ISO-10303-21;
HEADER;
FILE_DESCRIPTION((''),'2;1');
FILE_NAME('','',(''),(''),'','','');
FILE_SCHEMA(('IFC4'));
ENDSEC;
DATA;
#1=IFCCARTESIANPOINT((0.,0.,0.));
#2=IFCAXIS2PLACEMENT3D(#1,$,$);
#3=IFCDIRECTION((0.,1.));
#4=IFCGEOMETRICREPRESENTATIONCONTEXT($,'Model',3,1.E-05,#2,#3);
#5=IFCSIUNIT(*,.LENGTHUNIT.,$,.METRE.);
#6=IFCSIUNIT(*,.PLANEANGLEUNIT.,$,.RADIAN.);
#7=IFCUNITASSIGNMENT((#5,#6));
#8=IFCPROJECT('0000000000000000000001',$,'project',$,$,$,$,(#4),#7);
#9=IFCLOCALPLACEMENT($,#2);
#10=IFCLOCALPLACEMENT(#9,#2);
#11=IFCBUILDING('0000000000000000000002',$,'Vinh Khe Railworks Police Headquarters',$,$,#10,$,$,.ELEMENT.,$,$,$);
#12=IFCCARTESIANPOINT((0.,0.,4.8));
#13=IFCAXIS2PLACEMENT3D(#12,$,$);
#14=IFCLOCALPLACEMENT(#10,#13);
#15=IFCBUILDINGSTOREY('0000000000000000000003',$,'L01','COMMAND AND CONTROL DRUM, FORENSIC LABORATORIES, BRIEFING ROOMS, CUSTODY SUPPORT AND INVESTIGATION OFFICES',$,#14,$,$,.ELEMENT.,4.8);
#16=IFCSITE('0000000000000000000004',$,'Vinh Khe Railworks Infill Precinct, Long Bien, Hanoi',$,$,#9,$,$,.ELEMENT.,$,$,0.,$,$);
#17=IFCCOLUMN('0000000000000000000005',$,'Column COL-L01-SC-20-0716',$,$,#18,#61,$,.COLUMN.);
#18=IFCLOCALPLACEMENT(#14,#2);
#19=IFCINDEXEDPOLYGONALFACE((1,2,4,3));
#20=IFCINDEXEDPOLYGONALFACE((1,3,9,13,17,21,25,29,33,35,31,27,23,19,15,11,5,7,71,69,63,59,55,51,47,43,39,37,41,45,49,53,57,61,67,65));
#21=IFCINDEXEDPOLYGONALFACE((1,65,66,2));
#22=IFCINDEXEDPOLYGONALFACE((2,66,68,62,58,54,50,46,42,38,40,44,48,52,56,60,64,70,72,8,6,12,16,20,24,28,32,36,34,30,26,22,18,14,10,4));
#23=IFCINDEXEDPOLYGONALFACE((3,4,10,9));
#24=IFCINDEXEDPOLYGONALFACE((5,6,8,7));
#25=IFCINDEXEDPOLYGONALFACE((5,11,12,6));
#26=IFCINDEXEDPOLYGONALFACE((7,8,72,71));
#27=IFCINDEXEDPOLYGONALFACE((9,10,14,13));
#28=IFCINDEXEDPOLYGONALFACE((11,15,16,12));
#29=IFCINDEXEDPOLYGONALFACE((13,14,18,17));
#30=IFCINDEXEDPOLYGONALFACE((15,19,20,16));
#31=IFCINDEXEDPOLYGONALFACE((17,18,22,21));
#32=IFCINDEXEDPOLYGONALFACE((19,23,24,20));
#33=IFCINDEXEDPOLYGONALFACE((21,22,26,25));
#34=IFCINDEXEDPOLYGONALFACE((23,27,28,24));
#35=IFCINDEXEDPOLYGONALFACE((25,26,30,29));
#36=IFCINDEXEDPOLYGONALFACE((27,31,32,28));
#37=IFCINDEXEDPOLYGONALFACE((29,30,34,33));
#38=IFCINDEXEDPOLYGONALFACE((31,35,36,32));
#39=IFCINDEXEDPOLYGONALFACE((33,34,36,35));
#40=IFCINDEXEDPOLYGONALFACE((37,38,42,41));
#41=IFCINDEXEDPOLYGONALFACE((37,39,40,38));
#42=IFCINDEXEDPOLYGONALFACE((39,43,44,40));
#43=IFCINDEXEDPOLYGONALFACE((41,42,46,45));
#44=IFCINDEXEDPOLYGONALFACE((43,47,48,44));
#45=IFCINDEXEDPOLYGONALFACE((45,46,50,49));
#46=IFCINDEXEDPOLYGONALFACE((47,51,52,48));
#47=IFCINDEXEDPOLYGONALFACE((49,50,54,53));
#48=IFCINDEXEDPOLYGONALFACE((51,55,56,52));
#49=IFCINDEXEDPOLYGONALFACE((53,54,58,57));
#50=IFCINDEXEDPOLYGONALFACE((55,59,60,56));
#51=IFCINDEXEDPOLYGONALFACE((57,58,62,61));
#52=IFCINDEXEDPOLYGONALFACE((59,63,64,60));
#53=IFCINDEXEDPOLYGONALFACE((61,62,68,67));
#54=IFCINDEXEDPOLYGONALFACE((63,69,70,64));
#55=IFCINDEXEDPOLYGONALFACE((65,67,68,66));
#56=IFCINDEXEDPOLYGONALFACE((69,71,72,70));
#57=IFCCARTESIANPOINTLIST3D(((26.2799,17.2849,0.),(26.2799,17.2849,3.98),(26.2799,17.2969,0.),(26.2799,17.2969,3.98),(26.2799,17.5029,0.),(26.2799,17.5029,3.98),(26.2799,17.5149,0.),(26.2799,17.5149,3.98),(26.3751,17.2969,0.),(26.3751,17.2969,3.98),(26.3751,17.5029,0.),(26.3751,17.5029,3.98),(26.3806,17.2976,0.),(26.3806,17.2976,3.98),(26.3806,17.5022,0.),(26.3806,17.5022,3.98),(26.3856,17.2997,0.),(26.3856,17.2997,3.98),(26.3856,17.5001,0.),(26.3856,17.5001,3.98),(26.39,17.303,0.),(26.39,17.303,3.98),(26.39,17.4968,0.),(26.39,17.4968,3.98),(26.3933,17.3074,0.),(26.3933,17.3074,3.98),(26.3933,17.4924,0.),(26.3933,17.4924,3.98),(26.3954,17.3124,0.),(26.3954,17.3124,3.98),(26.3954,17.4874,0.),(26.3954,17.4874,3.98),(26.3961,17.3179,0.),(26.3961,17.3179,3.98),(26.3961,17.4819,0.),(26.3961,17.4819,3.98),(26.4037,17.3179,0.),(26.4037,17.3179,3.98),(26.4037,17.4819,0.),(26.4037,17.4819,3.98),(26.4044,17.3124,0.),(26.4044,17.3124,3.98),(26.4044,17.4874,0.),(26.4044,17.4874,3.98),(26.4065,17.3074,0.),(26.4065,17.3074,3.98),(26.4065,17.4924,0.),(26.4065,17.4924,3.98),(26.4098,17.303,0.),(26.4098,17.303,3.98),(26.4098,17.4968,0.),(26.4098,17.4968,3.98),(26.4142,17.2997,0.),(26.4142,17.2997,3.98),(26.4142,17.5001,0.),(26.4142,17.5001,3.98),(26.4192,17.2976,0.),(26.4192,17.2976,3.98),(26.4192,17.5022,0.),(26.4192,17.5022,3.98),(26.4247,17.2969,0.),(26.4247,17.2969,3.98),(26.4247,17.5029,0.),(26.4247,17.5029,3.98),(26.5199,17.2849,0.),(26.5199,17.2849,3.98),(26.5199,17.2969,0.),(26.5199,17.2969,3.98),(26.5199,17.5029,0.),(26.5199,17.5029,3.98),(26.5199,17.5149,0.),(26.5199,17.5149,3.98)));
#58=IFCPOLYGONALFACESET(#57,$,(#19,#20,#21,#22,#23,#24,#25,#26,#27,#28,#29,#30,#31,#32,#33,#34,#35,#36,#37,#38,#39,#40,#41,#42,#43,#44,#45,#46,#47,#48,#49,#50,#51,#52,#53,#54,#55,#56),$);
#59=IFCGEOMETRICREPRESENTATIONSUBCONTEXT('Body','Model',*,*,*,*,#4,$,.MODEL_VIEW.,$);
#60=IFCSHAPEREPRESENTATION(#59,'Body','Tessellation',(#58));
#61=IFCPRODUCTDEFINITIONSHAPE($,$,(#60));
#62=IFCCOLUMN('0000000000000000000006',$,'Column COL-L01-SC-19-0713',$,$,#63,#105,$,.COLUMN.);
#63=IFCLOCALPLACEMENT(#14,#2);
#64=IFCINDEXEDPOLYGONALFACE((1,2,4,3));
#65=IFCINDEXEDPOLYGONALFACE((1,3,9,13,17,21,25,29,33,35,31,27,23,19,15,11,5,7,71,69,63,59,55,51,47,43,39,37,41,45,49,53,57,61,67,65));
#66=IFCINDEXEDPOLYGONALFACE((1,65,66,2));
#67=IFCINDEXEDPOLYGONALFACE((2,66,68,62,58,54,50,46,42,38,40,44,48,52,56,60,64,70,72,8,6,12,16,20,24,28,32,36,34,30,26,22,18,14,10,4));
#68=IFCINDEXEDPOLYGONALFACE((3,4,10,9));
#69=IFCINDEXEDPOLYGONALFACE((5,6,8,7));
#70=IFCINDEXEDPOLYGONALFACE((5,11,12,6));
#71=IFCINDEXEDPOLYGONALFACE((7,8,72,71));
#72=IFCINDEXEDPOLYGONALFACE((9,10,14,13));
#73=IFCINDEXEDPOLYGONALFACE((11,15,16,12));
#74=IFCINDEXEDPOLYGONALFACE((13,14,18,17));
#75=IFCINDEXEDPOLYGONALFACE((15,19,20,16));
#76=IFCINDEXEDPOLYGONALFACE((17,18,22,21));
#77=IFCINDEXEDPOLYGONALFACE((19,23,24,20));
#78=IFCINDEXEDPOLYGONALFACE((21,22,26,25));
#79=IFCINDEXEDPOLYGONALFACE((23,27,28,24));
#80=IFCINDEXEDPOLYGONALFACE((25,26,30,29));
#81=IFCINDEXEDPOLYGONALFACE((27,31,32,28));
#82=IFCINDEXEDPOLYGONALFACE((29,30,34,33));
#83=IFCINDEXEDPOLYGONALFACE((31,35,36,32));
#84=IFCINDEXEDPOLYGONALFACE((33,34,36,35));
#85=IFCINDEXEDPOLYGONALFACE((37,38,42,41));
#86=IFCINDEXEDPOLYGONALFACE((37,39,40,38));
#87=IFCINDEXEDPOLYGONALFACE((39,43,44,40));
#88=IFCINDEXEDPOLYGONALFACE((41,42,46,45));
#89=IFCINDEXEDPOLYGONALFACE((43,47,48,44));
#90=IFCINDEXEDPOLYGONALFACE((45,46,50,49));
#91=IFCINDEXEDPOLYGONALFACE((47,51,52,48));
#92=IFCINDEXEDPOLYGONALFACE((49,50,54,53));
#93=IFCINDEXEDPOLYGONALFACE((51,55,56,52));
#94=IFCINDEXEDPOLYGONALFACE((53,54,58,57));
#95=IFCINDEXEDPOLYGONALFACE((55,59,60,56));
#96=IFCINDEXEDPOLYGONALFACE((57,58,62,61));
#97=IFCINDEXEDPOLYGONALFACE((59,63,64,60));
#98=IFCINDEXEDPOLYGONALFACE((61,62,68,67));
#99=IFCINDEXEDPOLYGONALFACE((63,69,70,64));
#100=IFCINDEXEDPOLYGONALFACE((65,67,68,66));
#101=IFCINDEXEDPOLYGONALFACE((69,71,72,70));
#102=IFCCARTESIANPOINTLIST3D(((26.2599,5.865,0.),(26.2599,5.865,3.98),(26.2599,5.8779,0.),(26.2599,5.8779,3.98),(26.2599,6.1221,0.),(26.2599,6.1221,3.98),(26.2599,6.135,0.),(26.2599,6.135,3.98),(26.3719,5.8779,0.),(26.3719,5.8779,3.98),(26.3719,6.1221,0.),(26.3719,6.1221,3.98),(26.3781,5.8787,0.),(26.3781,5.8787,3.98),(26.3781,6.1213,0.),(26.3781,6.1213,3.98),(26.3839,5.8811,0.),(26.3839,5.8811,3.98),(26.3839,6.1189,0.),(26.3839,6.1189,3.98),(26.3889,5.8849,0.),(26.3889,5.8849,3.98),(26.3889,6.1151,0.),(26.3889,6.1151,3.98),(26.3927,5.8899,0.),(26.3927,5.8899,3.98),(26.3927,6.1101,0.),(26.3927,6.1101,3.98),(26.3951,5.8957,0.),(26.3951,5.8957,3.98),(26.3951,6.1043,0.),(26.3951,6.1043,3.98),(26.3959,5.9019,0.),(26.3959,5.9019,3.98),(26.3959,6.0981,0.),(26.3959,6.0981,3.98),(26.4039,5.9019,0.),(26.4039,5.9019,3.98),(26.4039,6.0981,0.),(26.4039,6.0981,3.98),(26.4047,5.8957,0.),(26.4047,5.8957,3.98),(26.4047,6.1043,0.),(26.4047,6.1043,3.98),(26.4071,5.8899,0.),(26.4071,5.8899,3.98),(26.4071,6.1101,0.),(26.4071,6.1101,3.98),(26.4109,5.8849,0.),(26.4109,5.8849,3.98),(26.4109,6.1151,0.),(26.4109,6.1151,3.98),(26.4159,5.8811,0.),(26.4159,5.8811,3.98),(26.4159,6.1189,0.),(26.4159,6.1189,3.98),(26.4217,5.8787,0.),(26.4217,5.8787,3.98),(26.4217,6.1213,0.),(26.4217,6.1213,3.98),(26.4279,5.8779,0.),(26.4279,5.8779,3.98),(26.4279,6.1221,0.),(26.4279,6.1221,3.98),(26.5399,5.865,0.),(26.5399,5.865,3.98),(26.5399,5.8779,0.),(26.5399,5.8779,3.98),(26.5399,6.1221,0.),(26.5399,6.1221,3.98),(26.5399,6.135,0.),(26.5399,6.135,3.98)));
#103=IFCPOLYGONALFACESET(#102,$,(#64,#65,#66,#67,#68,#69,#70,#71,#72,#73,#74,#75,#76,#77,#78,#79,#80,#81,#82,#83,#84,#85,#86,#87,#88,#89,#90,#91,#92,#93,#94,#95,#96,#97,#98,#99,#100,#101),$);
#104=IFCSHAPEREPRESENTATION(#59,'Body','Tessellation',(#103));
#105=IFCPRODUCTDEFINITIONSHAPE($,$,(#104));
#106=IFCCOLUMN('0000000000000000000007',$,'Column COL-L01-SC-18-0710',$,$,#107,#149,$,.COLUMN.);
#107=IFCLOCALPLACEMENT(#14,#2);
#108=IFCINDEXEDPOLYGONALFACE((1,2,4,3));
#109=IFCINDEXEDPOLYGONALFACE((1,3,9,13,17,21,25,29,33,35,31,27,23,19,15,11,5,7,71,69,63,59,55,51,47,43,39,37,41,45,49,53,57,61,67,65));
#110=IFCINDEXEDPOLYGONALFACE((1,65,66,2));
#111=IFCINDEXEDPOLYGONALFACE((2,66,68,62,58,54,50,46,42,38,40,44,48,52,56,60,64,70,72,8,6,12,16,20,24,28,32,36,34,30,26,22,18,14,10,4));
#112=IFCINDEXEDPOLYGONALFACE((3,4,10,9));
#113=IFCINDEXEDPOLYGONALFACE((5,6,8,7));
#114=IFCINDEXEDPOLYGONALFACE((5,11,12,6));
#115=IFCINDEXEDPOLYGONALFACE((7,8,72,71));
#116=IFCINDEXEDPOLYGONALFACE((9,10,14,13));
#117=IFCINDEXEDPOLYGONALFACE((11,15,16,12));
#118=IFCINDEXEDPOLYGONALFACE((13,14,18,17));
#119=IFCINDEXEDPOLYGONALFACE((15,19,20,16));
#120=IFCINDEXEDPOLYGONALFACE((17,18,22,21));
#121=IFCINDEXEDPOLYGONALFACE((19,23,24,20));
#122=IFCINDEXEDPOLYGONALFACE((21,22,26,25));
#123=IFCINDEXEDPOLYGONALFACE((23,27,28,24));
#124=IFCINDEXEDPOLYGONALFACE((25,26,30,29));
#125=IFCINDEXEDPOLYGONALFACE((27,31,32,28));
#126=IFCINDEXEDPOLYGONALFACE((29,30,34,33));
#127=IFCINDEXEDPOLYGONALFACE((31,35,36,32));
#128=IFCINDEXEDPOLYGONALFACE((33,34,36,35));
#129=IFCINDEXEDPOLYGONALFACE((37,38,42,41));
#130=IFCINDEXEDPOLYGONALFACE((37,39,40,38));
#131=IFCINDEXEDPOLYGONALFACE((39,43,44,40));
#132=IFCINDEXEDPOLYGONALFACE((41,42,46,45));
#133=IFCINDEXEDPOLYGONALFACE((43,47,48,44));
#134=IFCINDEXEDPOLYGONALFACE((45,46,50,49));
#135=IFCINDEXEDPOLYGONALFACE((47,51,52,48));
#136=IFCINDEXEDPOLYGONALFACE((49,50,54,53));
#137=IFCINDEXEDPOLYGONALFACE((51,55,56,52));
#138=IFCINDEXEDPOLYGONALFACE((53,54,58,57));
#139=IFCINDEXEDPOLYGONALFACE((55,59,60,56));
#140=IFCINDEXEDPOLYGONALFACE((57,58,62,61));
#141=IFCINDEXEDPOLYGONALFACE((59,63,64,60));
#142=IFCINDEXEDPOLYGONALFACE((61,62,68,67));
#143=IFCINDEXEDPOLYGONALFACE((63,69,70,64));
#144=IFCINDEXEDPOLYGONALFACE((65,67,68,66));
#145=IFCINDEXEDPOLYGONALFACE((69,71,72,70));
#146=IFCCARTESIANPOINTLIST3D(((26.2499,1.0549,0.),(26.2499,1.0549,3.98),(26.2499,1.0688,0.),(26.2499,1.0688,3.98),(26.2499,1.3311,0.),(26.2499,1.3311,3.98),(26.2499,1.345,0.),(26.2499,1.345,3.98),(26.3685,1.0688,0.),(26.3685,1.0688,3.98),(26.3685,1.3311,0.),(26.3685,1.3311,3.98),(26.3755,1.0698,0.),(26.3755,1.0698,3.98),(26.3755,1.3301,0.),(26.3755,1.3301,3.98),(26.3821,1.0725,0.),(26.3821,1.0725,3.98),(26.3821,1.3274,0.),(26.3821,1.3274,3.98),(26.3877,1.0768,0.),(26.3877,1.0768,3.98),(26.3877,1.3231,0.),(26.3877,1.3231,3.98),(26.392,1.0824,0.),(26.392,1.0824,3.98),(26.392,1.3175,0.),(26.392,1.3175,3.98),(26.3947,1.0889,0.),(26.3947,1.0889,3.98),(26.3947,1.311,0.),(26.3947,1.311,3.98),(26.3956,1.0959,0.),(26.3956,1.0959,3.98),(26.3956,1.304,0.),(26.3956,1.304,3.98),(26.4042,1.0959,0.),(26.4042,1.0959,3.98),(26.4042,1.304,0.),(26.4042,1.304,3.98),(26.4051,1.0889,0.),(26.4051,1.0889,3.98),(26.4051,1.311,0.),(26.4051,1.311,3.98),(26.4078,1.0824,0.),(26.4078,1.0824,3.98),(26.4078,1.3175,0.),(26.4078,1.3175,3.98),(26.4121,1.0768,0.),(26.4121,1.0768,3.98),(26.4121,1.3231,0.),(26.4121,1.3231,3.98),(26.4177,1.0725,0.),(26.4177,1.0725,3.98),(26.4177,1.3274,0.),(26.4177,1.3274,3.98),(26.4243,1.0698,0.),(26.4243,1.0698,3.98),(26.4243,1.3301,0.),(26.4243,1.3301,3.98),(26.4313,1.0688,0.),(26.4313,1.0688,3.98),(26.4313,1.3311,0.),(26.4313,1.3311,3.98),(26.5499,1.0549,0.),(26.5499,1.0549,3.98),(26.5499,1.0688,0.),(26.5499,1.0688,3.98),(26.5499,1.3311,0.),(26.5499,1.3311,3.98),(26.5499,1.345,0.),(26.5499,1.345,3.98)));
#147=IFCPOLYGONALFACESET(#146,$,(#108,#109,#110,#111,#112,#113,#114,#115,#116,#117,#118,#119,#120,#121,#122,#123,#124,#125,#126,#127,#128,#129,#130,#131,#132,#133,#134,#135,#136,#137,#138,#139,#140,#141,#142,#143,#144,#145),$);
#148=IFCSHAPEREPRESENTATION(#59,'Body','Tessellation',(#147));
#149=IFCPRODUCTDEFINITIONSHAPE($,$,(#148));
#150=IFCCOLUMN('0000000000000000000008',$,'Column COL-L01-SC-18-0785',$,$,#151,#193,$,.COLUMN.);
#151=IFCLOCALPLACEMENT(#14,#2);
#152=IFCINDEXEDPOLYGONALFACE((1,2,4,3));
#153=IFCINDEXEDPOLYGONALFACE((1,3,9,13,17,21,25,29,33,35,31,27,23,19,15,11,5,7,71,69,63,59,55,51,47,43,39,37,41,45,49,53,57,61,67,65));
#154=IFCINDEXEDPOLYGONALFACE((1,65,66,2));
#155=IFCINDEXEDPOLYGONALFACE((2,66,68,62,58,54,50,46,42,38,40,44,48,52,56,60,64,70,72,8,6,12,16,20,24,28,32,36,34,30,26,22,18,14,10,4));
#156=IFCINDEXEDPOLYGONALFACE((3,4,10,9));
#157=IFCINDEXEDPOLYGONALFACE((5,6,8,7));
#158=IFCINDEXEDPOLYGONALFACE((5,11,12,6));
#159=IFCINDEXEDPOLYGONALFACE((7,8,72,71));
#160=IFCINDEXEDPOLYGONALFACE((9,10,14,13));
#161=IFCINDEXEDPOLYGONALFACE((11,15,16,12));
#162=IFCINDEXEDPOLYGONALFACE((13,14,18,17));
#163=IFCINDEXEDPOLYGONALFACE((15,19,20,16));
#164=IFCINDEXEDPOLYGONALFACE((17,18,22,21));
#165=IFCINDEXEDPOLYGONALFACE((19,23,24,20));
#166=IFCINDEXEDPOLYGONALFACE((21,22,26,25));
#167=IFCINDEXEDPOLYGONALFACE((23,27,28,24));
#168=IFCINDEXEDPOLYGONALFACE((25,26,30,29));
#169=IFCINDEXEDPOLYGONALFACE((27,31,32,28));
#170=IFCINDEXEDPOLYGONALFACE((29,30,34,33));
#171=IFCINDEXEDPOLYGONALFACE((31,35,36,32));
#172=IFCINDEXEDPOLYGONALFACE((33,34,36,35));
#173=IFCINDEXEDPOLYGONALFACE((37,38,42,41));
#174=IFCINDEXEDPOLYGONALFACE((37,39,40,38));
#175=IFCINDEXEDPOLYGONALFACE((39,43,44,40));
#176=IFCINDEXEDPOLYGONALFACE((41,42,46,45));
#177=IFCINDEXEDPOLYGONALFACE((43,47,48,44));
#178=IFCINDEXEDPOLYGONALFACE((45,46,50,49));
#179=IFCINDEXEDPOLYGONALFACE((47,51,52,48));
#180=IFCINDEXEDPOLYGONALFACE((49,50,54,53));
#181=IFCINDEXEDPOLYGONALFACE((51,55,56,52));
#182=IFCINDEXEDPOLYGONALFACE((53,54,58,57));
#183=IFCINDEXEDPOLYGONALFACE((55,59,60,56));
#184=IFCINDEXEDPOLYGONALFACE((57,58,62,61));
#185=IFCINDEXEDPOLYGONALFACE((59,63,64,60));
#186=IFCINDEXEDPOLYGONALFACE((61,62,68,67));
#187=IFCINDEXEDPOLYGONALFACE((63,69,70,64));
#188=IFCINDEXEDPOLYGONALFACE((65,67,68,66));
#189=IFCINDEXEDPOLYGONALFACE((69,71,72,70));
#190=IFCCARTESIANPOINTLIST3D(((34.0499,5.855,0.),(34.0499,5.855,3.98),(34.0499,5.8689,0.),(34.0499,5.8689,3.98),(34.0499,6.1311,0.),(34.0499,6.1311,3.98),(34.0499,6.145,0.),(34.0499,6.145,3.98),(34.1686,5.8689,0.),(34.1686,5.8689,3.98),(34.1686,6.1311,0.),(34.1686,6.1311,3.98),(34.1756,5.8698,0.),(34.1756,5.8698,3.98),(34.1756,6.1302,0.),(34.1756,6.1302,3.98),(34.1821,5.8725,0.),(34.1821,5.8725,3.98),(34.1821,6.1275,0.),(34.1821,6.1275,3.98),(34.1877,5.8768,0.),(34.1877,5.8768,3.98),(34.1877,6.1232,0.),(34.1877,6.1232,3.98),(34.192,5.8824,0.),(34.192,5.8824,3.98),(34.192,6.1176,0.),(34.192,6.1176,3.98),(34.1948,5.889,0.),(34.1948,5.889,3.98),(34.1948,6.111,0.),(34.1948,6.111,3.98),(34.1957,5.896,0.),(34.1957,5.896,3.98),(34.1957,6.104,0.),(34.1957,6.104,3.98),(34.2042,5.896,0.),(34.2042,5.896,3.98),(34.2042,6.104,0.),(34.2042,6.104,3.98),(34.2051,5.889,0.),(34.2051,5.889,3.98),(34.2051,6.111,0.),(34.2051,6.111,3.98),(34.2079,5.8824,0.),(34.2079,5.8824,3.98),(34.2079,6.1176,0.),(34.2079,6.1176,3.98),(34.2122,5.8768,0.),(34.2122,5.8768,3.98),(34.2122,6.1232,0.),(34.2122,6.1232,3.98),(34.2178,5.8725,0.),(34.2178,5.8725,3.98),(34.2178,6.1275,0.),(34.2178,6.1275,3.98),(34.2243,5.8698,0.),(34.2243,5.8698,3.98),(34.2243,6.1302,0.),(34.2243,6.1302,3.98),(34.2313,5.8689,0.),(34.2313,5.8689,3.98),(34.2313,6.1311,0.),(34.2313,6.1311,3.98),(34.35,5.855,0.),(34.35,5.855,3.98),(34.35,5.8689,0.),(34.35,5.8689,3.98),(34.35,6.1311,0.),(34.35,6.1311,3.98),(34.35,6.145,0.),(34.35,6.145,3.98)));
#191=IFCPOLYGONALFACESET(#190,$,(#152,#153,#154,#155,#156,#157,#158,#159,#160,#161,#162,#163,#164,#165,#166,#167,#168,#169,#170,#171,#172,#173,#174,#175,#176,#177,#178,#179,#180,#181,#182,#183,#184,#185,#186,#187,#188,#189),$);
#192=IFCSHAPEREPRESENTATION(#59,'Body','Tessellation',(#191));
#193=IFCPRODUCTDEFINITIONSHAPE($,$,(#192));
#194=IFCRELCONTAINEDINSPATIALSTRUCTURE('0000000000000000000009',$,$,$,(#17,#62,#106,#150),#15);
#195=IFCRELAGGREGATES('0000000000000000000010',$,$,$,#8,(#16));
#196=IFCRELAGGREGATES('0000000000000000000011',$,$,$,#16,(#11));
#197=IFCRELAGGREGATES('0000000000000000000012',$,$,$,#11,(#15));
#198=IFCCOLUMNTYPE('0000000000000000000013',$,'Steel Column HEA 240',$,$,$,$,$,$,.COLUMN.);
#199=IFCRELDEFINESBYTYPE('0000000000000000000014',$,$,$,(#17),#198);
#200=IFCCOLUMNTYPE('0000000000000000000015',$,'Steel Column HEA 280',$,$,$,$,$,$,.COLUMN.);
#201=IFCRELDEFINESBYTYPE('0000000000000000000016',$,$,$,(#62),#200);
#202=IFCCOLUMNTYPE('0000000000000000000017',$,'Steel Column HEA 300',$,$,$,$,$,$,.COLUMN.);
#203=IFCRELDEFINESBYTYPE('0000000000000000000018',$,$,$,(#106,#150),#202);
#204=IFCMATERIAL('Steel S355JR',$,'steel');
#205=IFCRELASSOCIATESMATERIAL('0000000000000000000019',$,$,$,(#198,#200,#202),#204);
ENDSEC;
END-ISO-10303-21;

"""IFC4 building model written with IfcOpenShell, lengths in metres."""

from ifc_helpers import new_model, si_unit, direction, frame, origin, origin_2d, place, context, subcontext, project, spatial, i_section, extrude, material, material_profile, profile_set, type_object, element, save


model = new_model("IFC4")

# Units and contexts
model_context = context("Model", 3, precision=1e-05, world=origin(), true_north=direction((0.0, 1.0)))
body_context = subcontext(model_context, "Body", "Model", "MODEL_VIEW")
ifc_project = project(units=[si_unit("LENGTHUNIT", "METRE"), si_unit("PLANEANGLEUNIT", "RADIAN")], contexts=[model_context])

# Site, building, storey
site_placement = place(None, origin())
site = spatial("IfcSite", under=ifc_project, at=site_placement, Name="Vinh Khe Railworks Infill Precinct, Long Bien, Hanoi", CompositionType="ELEMENT", RefElevation=0.0)
building_placement = place(site_placement, origin())
building = spatial("IfcBuilding", under=site, at=building_placement, Name="Vinh Khe Railworks Police Headquarters", CompositionType="ELEMENT")
storey_placement = place(building_placement, frame((0.0, 0.0, 4.8)))
storey = spatial("IfcBuildingStorey", under=building, at=storey_placement, Name="L01", Description="COMMAND AND CONTROL DRUM, FORENSIC LABORATORIES, BRIEFING ROOMS, CUSTODY SUPPORT AND INVESTIGATION OFFICES", CompositionType="ELEMENT", Elevation=4.8)

# Columns
ifc_material_1 = material(Name="Steel S355JR", Category="steel")
ifc_material_profile_1 = material_profile(ifc_material_1, i_section(OverallWidth=0.24, OverallDepth=0.23, WebThickness=0.0076, FlangeThickness=0.012, FilletRadius=0.021, at=origin_2d()), Name="HEA 240")
ifc_profile_set_1 = profile_set([ifc_material_profile_1], Name="Steel S355JR")
column_type_1 = type_object("IfcColumnType", Name="Steel Column HEA 240", PredefinedType="COLUMN", material=ifc_profile_set_1)
column_1_placement = place(storey_placement, frame((26.3999, 17.3999, 0.0), z_axis=(0.0, 0.0, 1.0), x_axis=(1.0, 0.0, 0.0)))
element("IfcColumn", 1, at=column_1_placement, inside=storey, type_object=column_type_1, Name="Column COL-L01-SC-20-0716", PredefinedType="COLUMN", context=body_context, shape_type="SweptSolid", body=[
    extrude(i_section(OverallWidth=0.24, OverallDepth=0.23, WebThickness=0.0076, FlangeThickness=0.012, FilletRadius=0.021, at=origin_2d()), origin(), (0.0, 0.0, 1.0), 3.98),
])
ifc_material_profile_2 = material_profile(ifc_material_1, i_section(OverallWidth=0.28, OverallDepth=0.27, WebThickness=0.0081, FlangeThickness=0.0129, FilletRadius=0.0239, at=origin_2d()), Name="HEA 280")
ifc_profile_set_2 = profile_set([ifc_material_profile_2], Name="Steel S355JR")
column_type_2 = type_object("IfcColumnType", Name="Steel Column HEA 280", PredefinedType="COLUMN", material=ifc_profile_set_2)
column_2_placement = place(storey_placement, frame((26.3999, 6.0, 0.0), z_axis=(0.0, 0.0, 1.0), x_axis=(1.0, 0.0, 0.0)))
element("IfcColumn", 2, at=column_2_placement, inside=storey, type_object=column_type_2, Name="Column COL-L01-SC-19-0713", PredefinedType="COLUMN", context=body_context, shape_type="SweptSolid", body=[
    extrude(i_section(OverallWidth=0.28, OverallDepth=0.27, WebThickness=0.0081, FlangeThickness=0.0129, FilletRadius=0.0239, at=origin_2d()), origin(), (0.0, 0.0, 1.0), 3.98),
])
ifc_material_profile_3 = material_profile(ifc_material_1, i_section(OverallWidth=0.3, OverallDepth=0.29, WebThickness=0.0085, FlangeThickness=0.0139, FilletRadius=0.0271, at=origin_2d()), Name="HEA 300")
ifc_profile_set_3 = profile_set([ifc_material_profile_3], Name="Steel S355JR")
column_type_3 = type_object("IfcColumnType", Name="Steel Column HEA 300", PredefinedType="COLUMN", material=ifc_profile_set_3)
for number, where, z_axis, x_axis, name in (
    (3, (26.3999, 1.2, 0.0), (0.0, 0.0, 1.0), (1.0, 0.0, 0.0), "Column COL-L01-SC-18-0710"),
    (4, (34.2, 6.0, 0.0), (0.0, 0.0, 1.0), (1.0, 0.0, 0.0), "Column COL-L01-SC-18-0785"),
):
    element("IfcColumn", number, at=place(storey_placement, frame(where, z_axis=z_axis, x_axis=x_axis)), inside=storey, type_object=column_type_3, Name=name, PredefinedType="COLUMN", context=body_context, shape_type="SweptSolid", body=[
        extrude(i_section(OverallWidth=0.3, OverallDepth=0.29, WebThickness=0.0085, FlangeThickness=0.0139, FilletRadius=0.0271, at=origin_2d()), origin(), (0.0, 0.0, 1.0), 3.98),
    ])

save(model, "model.ifc")
